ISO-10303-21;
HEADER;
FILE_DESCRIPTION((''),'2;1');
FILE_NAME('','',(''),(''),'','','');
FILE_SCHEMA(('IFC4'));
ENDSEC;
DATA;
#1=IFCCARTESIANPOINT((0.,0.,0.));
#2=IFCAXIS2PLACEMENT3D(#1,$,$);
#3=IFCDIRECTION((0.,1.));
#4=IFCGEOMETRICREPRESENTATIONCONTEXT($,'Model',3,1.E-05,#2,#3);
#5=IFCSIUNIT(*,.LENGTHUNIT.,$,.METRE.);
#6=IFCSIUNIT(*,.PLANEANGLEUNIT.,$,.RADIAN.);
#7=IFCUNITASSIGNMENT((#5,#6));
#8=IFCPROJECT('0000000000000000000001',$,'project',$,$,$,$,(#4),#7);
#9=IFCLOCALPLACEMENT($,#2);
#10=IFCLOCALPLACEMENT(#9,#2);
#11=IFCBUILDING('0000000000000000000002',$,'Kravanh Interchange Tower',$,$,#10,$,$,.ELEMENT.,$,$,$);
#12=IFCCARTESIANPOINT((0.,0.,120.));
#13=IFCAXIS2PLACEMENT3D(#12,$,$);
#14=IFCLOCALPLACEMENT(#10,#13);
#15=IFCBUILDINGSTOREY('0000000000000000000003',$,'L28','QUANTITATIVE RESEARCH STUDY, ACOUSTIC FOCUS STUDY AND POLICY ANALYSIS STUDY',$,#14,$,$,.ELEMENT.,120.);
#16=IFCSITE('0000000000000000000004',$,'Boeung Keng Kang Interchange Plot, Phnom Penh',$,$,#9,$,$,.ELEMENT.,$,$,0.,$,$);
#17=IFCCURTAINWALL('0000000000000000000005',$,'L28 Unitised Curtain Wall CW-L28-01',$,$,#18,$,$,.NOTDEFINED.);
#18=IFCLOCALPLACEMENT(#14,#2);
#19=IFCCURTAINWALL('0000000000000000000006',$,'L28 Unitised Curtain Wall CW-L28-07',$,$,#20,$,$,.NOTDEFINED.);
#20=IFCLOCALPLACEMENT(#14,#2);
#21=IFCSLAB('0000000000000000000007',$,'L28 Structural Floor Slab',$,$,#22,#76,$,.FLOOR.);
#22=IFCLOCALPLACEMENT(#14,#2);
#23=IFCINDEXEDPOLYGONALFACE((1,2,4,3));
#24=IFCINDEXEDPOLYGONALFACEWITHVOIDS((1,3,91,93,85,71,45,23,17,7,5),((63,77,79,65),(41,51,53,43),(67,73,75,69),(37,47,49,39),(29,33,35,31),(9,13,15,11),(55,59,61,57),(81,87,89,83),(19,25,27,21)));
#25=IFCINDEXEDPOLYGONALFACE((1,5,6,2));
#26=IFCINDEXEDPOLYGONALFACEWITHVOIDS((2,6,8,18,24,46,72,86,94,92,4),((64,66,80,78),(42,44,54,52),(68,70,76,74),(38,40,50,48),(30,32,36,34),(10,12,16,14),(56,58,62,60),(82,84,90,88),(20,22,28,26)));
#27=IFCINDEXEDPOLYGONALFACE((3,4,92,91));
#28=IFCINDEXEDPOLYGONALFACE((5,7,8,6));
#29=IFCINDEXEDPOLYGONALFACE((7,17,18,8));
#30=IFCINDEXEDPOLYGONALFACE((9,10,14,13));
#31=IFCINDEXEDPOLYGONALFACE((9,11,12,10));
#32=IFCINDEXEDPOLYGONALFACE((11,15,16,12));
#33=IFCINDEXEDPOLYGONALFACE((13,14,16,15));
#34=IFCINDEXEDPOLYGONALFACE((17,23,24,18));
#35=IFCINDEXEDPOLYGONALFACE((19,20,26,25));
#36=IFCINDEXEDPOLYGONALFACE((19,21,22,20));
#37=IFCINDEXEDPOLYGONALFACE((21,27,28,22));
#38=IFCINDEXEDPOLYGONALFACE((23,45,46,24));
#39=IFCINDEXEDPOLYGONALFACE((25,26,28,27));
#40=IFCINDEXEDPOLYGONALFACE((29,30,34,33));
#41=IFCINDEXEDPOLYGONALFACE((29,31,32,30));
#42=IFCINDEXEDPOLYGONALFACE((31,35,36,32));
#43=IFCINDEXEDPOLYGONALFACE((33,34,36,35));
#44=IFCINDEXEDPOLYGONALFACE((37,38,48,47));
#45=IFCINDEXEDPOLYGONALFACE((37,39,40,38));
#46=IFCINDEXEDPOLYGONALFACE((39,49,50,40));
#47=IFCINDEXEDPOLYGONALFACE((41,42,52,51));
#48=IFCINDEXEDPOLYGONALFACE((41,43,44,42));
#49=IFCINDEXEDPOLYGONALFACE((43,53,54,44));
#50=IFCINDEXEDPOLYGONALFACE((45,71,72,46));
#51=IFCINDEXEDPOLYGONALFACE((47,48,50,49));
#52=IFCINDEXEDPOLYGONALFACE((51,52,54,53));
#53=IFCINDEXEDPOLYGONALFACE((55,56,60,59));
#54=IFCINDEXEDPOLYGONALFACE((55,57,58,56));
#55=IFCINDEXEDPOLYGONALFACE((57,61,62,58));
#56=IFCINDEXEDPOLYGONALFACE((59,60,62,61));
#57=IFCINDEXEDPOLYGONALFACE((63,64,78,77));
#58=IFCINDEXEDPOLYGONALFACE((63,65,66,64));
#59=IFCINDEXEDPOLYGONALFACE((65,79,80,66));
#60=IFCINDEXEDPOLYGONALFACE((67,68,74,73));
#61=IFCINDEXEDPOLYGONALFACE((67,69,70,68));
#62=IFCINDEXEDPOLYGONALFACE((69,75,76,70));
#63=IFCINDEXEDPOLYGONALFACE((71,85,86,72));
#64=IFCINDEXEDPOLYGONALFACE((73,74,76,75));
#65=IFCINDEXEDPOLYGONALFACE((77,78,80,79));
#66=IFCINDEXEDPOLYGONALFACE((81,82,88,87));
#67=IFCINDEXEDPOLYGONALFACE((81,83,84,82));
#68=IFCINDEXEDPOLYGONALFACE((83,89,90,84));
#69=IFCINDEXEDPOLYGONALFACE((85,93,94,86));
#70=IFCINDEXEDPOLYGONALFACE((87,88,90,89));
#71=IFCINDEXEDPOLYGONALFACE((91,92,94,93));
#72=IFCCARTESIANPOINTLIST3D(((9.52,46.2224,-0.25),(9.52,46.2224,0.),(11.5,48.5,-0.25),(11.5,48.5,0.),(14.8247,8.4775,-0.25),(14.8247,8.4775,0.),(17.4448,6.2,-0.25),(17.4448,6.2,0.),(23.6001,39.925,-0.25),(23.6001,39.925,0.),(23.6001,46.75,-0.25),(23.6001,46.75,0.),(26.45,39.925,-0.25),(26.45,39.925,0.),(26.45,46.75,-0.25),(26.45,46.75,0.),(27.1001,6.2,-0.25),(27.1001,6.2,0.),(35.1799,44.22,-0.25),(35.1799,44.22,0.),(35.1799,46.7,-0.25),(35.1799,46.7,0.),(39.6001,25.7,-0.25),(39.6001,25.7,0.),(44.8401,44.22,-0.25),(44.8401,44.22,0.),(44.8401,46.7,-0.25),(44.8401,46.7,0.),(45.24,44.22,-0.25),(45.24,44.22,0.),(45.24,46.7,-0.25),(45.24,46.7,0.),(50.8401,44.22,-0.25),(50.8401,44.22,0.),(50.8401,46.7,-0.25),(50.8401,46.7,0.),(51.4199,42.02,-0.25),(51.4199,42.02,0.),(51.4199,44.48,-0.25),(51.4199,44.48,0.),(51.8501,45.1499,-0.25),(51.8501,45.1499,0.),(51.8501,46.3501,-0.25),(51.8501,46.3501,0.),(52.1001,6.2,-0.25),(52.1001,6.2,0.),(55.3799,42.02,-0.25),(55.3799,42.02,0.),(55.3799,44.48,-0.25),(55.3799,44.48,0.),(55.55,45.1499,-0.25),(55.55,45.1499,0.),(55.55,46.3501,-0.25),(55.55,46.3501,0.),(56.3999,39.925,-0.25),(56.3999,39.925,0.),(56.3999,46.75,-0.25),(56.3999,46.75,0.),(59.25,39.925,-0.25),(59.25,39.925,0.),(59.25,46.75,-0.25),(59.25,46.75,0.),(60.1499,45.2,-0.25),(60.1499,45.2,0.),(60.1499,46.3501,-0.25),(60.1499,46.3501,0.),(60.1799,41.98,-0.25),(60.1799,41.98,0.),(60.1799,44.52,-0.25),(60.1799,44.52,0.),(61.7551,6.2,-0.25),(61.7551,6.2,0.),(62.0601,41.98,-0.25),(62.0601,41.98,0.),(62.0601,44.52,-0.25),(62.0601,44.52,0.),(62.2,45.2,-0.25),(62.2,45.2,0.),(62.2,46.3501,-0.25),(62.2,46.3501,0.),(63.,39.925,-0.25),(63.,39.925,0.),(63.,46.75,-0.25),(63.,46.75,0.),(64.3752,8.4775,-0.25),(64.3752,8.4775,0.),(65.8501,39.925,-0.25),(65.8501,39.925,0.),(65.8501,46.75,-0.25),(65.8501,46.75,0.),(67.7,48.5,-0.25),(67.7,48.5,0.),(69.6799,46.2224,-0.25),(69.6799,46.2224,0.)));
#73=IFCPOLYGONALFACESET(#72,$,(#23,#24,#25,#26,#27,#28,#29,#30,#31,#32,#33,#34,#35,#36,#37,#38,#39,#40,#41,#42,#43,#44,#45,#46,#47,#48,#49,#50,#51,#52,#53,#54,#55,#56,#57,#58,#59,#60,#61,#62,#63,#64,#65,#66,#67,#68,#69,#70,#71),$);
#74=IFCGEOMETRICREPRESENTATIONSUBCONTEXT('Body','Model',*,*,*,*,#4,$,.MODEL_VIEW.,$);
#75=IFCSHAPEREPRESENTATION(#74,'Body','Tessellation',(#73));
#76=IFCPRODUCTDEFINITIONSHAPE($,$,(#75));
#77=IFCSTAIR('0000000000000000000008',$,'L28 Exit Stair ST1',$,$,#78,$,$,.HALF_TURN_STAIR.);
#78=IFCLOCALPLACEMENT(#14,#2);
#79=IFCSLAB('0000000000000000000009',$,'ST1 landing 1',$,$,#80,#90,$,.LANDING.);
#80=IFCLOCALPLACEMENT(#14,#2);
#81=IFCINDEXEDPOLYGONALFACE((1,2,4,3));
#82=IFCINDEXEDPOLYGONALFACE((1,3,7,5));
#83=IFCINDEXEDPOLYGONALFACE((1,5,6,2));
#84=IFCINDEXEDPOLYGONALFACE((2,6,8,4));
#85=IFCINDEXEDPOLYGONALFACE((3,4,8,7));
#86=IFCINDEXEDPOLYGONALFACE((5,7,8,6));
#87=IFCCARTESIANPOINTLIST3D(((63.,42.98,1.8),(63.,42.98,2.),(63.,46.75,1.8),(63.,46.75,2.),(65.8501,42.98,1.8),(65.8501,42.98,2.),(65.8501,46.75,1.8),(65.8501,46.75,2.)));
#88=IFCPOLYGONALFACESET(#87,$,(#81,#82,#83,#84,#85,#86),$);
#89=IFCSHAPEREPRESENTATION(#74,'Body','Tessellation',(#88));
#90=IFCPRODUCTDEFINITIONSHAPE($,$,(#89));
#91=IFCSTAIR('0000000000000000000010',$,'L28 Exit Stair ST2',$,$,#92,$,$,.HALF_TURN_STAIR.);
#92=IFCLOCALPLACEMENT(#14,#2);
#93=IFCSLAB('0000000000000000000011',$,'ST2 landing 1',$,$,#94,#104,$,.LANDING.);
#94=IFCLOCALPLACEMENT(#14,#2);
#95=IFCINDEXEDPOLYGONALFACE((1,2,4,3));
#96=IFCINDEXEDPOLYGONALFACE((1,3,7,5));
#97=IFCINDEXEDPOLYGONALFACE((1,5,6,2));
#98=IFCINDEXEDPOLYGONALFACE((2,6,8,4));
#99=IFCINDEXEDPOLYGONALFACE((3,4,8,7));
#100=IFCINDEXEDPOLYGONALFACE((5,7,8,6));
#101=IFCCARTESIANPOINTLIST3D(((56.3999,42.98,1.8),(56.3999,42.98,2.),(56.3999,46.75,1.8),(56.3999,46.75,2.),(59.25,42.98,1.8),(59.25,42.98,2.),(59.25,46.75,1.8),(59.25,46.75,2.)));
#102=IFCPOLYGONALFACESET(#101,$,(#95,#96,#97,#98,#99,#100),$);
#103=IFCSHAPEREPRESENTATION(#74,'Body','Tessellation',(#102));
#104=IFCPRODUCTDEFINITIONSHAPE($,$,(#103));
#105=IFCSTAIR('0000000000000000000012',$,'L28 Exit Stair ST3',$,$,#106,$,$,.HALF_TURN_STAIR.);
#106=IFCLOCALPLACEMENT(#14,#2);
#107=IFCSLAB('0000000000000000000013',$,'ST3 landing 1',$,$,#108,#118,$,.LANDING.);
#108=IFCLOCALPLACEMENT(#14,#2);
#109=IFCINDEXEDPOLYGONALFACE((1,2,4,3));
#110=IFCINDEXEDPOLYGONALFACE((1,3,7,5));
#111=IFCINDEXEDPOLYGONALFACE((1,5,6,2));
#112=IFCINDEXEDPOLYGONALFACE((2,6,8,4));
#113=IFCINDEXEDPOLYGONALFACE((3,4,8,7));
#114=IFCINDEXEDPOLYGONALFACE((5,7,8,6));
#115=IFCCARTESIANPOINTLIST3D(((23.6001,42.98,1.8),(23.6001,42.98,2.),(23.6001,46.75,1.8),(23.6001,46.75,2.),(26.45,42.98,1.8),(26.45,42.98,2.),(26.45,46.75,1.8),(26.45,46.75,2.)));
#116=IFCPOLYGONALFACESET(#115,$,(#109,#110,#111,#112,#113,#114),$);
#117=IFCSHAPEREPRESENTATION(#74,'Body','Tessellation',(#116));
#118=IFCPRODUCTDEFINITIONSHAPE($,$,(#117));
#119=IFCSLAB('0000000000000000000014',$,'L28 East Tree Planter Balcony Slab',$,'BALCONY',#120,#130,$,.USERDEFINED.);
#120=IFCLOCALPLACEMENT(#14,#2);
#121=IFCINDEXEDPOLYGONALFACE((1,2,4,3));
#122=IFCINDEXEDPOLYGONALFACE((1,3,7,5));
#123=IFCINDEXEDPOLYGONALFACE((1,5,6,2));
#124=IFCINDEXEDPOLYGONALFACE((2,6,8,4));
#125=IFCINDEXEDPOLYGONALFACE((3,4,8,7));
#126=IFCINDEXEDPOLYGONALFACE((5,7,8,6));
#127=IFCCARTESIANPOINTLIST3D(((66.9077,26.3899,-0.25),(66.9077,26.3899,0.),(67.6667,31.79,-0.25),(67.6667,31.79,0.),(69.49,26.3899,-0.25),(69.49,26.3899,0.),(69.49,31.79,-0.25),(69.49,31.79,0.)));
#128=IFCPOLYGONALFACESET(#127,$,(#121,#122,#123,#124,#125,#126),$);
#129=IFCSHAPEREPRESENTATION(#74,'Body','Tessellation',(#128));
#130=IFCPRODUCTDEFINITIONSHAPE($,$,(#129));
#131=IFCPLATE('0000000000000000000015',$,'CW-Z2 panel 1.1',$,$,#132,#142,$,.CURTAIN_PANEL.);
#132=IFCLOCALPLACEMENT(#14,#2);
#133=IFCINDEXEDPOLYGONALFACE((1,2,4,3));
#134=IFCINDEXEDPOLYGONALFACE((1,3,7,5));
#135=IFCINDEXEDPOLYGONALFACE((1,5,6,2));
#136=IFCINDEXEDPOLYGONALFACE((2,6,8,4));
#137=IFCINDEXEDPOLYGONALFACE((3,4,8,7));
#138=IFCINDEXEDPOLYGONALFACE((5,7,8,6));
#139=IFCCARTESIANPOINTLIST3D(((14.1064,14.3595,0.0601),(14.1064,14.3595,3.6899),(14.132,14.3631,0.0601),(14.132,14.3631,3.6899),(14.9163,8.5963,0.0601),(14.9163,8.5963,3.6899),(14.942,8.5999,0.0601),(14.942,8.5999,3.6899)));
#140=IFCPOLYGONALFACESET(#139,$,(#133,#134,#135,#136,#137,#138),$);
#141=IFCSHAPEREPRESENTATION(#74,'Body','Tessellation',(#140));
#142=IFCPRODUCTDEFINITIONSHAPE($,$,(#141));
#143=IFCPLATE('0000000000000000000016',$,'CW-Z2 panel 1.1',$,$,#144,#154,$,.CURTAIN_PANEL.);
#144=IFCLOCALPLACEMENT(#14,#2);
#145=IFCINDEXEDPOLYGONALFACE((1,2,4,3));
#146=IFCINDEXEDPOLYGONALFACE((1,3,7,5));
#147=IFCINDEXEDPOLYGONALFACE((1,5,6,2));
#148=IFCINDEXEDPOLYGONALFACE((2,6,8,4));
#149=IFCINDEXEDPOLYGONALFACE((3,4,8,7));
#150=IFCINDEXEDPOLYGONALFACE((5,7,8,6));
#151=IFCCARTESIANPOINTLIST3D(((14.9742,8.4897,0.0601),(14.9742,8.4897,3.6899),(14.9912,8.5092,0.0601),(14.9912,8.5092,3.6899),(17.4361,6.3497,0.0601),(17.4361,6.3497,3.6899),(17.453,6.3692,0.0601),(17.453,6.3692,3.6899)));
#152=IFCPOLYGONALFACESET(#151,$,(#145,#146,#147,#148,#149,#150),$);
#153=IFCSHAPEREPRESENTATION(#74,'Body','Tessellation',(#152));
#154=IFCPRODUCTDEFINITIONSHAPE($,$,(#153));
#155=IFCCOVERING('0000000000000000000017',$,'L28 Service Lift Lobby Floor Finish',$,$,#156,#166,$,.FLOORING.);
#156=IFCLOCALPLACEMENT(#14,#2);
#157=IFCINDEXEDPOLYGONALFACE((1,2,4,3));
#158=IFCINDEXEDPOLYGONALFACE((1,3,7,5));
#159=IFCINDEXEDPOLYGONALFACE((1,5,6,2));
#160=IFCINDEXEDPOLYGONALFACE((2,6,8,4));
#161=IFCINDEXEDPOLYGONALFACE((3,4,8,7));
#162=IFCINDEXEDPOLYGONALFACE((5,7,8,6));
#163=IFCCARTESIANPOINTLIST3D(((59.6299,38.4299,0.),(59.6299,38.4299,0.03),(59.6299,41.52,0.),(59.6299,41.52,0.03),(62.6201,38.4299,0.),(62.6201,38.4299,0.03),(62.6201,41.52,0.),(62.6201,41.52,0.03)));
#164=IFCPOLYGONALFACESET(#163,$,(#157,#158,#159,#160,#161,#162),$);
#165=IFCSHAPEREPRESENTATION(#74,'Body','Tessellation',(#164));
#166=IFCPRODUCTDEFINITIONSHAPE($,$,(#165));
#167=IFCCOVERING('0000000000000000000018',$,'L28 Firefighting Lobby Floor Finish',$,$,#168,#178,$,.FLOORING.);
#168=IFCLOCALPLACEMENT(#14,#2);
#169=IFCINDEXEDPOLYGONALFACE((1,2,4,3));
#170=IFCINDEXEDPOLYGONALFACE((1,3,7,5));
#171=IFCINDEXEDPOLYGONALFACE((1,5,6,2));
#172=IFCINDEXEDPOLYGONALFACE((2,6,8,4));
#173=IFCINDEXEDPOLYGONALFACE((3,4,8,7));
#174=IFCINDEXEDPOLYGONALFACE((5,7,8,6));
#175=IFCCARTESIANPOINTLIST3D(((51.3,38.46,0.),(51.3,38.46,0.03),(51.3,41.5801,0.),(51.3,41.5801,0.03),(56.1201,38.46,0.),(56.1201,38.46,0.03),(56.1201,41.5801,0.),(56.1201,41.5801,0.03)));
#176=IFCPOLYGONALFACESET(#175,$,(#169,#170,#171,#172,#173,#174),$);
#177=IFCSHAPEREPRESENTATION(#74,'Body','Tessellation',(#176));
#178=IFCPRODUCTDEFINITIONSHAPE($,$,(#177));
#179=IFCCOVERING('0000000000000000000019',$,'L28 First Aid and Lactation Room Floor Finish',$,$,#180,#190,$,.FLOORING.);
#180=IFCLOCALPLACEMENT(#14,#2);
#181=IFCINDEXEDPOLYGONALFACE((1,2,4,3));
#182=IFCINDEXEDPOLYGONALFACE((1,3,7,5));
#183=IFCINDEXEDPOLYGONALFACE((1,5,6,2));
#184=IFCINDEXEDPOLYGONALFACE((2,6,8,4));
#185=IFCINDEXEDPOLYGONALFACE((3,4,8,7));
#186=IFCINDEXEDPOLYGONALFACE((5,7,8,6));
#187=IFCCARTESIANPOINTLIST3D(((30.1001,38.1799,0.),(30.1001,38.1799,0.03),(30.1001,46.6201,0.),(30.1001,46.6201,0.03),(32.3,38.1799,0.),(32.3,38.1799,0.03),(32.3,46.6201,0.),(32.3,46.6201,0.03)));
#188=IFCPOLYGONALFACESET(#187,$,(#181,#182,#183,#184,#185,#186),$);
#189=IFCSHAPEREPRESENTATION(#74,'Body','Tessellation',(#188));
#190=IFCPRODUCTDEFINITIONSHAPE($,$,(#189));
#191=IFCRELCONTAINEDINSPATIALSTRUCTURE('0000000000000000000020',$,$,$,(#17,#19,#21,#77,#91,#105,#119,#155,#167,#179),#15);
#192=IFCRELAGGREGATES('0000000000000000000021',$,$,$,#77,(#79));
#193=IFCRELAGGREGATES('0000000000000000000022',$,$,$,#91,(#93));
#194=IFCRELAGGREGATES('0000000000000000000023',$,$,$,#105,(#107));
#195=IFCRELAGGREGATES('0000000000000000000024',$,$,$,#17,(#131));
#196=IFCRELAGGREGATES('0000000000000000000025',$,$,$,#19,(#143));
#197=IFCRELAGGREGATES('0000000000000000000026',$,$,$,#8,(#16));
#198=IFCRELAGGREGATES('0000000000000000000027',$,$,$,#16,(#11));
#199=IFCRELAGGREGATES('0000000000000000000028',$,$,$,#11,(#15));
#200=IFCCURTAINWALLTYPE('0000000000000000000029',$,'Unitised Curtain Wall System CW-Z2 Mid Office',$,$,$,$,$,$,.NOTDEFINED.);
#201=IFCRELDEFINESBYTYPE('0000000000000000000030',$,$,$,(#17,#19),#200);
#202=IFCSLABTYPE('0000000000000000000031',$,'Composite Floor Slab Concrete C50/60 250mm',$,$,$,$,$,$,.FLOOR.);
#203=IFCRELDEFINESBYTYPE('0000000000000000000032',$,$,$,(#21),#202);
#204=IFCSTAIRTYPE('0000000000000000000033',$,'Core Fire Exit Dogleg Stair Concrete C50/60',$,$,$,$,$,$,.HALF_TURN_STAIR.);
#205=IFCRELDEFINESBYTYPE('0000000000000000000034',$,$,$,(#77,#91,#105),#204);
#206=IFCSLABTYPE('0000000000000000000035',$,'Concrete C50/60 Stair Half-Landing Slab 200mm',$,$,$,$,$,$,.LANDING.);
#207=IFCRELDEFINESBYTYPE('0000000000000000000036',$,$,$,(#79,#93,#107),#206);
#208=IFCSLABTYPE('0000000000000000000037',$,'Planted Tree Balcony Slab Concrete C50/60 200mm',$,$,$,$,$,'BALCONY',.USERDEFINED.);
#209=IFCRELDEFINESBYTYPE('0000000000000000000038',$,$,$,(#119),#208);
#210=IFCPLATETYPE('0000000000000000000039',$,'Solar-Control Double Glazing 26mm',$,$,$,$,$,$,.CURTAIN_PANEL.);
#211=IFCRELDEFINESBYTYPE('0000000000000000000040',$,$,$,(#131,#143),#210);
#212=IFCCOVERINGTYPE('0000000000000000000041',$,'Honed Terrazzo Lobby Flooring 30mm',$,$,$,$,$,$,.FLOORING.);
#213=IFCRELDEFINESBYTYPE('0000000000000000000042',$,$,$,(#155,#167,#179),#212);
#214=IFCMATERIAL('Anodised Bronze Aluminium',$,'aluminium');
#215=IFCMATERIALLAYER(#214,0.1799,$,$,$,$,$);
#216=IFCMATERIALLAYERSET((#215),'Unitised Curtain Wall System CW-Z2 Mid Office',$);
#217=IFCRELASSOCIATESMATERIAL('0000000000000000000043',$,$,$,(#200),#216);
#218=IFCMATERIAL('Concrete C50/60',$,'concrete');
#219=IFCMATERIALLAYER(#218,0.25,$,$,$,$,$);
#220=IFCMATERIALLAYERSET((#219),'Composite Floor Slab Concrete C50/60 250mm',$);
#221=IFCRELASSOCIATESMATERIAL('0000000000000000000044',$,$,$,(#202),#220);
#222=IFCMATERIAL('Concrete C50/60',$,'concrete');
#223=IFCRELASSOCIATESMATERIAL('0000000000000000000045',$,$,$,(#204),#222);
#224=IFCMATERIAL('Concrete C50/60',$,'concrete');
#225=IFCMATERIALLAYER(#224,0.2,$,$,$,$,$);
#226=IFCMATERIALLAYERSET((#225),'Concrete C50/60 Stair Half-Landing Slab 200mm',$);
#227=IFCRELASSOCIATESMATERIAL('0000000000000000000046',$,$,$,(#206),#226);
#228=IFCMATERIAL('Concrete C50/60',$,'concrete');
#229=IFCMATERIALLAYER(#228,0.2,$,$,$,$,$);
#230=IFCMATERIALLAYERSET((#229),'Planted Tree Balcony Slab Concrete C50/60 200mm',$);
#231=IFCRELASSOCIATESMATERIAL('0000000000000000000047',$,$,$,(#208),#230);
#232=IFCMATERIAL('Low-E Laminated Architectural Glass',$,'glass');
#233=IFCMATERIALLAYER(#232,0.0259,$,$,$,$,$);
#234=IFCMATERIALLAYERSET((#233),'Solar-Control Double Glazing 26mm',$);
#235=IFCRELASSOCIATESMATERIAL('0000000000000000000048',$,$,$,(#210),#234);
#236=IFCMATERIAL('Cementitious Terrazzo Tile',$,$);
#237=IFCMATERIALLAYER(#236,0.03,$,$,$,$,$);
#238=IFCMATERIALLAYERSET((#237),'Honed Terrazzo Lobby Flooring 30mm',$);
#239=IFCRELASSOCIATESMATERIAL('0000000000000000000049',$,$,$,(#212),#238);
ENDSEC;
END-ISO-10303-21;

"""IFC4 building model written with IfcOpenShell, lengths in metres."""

from ifc_helpers import new_model, si_unit, direction, frame, origin, origin_2d, place, context, subcontext, project, spatial, polyline, rectangle, outline, extrude, material, layer, layer_set, type_object, element, aggregate, save


model = new_model("IFC4")

# Units and contexts
model_context = context("Model", 3, precision=1e-05, world=origin(), true_north=direction((0.0, 1.0)))
body_context = subcontext(model_context, "Body", "Model", "MODEL_VIEW")
ifc_project = project(units=[si_unit("LENGTHUNIT", "METRE"), si_unit("PLANEANGLEUNIT", "RADIAN")], contexts=[model_context])

# Site, building, storey
site_placement = place(None, origin())
site = spatial("IfcSite", under=ifc_project, at=site_placement, Name="Boeung Keng Kang Interchange Plot, Phnom Penh", CompositionType="ELEMENT", RefElevation=0.0)
building_placement = place(site_placement, origin())
building = spatial("IfcBuilding", under=site, at=building_placement, Name="Kravanh Interchange Tower", CompositionType="ELEMENT")
storey_placement = place(building_placement, frame((0.0, 0.0, 120.0)))
storey = spatial("IfcBuildingStorey", under=building, at=storey_placement, Name="L28", Description="QUANTITATIVE RESEARCH STUDY, ACOUSTIC FOCUS STUDY AND POLICY ANALYSIS STUDY", CompositionType="ELEMENT", Elevation=120.0)

# Curtain wall
ifc_material_1 = material(Name="Anodised Bronze Aluminium", Category="aluminium")
ifc_layer_1 = layer(ifc_material_1, 0.1799)
ifc_layer_set_1 = layer_set([ifc_layer_1], Name="Unitised Curtain Wall System CW-Z2 Mid Office")
curtain_wall_type = type_object("IfcCurtainWallType", Name="Unitised Curtain Wall System CW-Z2 Mid Office", PredefinedType="NOTDEFINED", material=ifc_layer_set_1)
curtain_wall_1_placement = place(storey_placement, origin())
curtain_wall_1 = element("IfcCurtainWall", 1, at=curtain_wall_1_placement, inside=storey, type_object=curtain_wall_type, Name="L28 Unitised Curtain Wall CW-L28-01", PredefinedType="NOTDEFINED")

# Curtain wall
curtain_wall_2_placement = place(storey_placement, origin())
curtain_wall_2 = element("IfcCurtainWall", 2, at=curtain_wall_2_placement, inside=storey, type_object=curtain_wall_type, Name="L28 Unitised Curtain Wall CW-L28-07", PredefinedType="NOTDEFINED")

# Slab
ifc_material_2 = material(Name="Concrete C50/60", Category="concrete")
ifc_layer_2 = layer(ifc_material_2, 0.25)
ifc_layer_set_2 = layer_set([ifc_layer_2], Name="Composite Floor Slab Concrete C50/60 250mm")
slab_type_1 = type_object("IfcSlabType", Name="Composite Floor Slab Concrete C50/60 250mm", PredefinedType="FLOOR", material=ifc_layer_set_2)
slab_1_placement = place(storey_placement, frame((0.0, 0.0, -0.25)))
element("IfcSlab", 3, at=slab_1_placement, inside=storey, type_object=slab_type_1, Name="L28 Structural Floor Slab", PredefinedType="FLOOR", context=body_context, shape_type="SweptSolid", body=[
    extrude(outline(polyline([(14.8247, 8.4775), (17.4448, 6.2), (27.1001, 6.2), (39.6001, 25.7), (52.1001, 6.2), (61.7551, 6.2), (64.3752, 8.4775), (69.6799, 46.2224), (67.7, 48.5), (11.5, 48.5), (9.52, 46.2224), (14.8247, 8.4775)]), holes=[polyline([(65.8501, 39.925), (65.8501, 46.75), (63.0, 46.75), (63.0, 39.925), (65.8501, 39.925)]), polyline([(59.25, 39.925), (59.25, 46.75), (56.3999, 46.75), (56.3999, 39.925), (59.25, 39.925)]), polyline([(26.45, 39.925), (26.45, 46.75), (23.6001, 46.75), (23.6001, 39.925), (26.45, 39.925)]), polyline([(35.1799, 44.22), (44.8401, 44.22), (44.8401, 46.7), (35.1799, 46.7), (35.1799, 44.22)]), polyline([(45.24, 44.22), (50.8401, 44.22), (50.8401, 46.7), (45.24, 46.7), (45.24, 44.22)]), polyline([(51.4199, 42.02), (55.3799, 42.02), (55.3799, 44.48), (51.4199, 44.48), (51.4199, 42.02)]), polyline([(60.1799, 41.98), (62.0601, 41.98), (62.0601, 44.52), (60.1799, 44.52), (60.1799, 41.98)]), polyline([(60.1499, 45.2), (62.2, 45.2), (62.2, 46.3501), (60.1499, 46.3501), (60.1499, 45.2)]), polyline([(51.8501, 45.1499), (55.55, 45.1499), (55.55, 46.3501), (51.8501, 46.3501), (51.8501, 45.1499)])]), origin(), (0.0, 0.0, 1.0), 0.25),
])

# Stairs, slabs
ifc_material_3 = material(Name="Concrete C50/60", Category="concrete")
stair_type = type_object("IfcStairType", Name="Core Fire Exit Dogleg Stair Concrete C50/60", PredefinedType="HALF_TURN_STAIR", material=ifc_material_3)
stair_1_placement = place(storey_placement, origin())
stair_1 = element("IfcStair", 4, at=stair_1_placement, inside=storey, type_object=stair_type, Name="L28 Exit Stair ST1", PredefinedType="HALF_TURN_STAIR")
ifc_material_4 = material(Name="Concrete C50/60", Category="concrete")
ifc_layer_3 = layer(ifc_material_4, 0.2)
ifc_layer_set_3 = layer_set([ifc_layer_3], Name="Concrete C50/60 Stair Half-Landing Slab 200mm")
slab_type_2 = type_object("IfcSlabType", Name="Concrete C50/60 Stair Half-Landing Slab 200mm", PredefinedType="LANDING", material=ifc_layer_set_3)
slab_2_placement = place(storey_placement, frame((0.0, 0.0, 1.8)))
slab_2 = element("IfcSlab", 5, at=slab_2_placement, type_object=slab_type_2, Name="ST1 landing 1", PredefinedType="LANDING", context=body_context, shape_type="SweptSolid", body=[
    extrude(outline(polyline([(65.8501, 42.98), (65.8501, 46.75), (63.0, 46.75), (63.0, 42.98), (65.8501, 42.98)])), origin(), (0.0, 0.0, 1.0), 0.2),
])
aggregate(stair_1, [slab_2])
stair_2_placement = place(storey_placement, origin())
stair_2 = element("IfcStair", 6, at=stair_2_placement, inside=storey, type_object=stair_type, Name="L28 Exit Stair ST2", PredefinedType="HALF_TURN_STAIR")
slab_3_placement = place(storey_placement, frame((0.0, 0.0, 1.8)))
slab_3 = element("IfcSlab", 7, at=slab_3_placement, type_object=slab_type_2, Name="ST2 landing 1", PredefinedType="LANDING", context=body_context, shape_type="SweptSolid", body=[
    extrude(outline(polyline([(59.25, 42.98), (59.25, 46.75), (56.3999, 46.75), (56.3999, 42.98), (59.25, 42.98)])), origin(), (0.0, 0.0, 1.0), 0.2),
])
aggregate(stair_2, [slab_3])
stair_3_placement = place(storey_placement, origin())
stair_3 = element("IfcStair", 8, at=stair_3_placement, inside=storey, type_object=stair_type, Name="L28 Exit Stair ST3", PredefinedType="HALF_TURN_STAIR")
slab_4_placement = place(storey_placement, frame((0.0, 0.0, 1.8)))
slab_4 = element("IfcSlab", 9, at=slab_4_placement, type_object=slab_type_2, Name="ST3 landing 1", PredefinedType="LANDING", context=body_context, shape_type="SweptSolid", body=[
    extrude(outline(polyline([(26.45, 42.98), (26.45, 46.75), (23.6001, 46.75), (23.6001, 42.98), (26.45, 42.98)])), origin(), (0.0, 0.0, 1.0), 0.2),
])
aggregate(stair_3, [slab_4])

# Slab
ifc_material_5 = material(Name="Concrete C50/60", Category="concrete")
ifc_layer_4 = layer(ifc_material_5, 0.2)
ifc_layer_set_4 = layer_set([ifc_layer_4], Name="Planted Tree Balcony Slab Concrete C50/60 200mm")
slab_type_3 = type_object("IfcSlabType", Name="Planted Tree Balcony Slab Concrete C50/60 200mm", ElementType="BALCONY", PredefinedType="USERDEFINED", material=ifc_layer_set_4)
slab_5_placement = place(storey_placement, frame((0.0, 0.0, -0.25)))
element("IfcSlab", 10, at=slab_5_placement, inside=storey, type_object=slab_type_3, Name="L28 East Tree Planter Balcony Slab", ObjectType="BALCONY", PredefinedType="USERDEFINED", context=body_context, shape_type="SweptSolid", body=[
    extrude(outline(polyline([(69.49, 31.79), (69.49, 26.3899), (66.9077, 26.3899), (67.6667, 31.79), (69.49, 31.79)])), origin(), (0.0, 0.0, 1.0), 0.25),
])

# Plates
ifc_material_6 = material(Name="Low-E Laminated Architectural Glass", Category="glass")
ifc_layer_5 = layer(ifc_material_6, 0.0259)
ifc_layer_set_5 = layer_set([ifc_layer_5], Name="Solar-Control Double Glazing 26mm")
plate_type = type_object("IfcPlateType", Name="Solar-Control Double Glazing 26mm", PredefinedType="CURTAIN_PANEL", material=ifc_layer_set_5)
plate_1_placement = place(storey_placement, frame((14.5242, 11.4797, 0.0601), z_axis=(0.0, 0.0, 1.0), x_axis=(-0.139173, 0.990268, 0.0)))
plate_1 = element("IfcPlate", 11, at=plate_1_placement, type_object=plate_type, Name="CW-Z2 panel 1.1", PredefinedType="CURTAIN_PANEL", context=body_context, shape_type="SweptSolid", body=[
    extrude(rectangle(XDim=5.8198, YDim=0.0259, at=origin_2d()), origin(), (0.0, 0.0, 1.0), 3.6299),
])
aggregate(curtain_wall_1, [plate_1])
plate_2_placement = place(storey_placement, frame((16.2136, 7.4294, 0.0601), z_axis=(0.0, 0.0, 1.0), x_axis=(-0.754719, 0.656048, 0.0)))
plate_2 = element("IfcPlate", 12, at=plate_2_placement, type_object=plate_type, Name="CW-Z2 panel 1.1", PredefinedType="CURTAIN_PANEL", context=body_context, shape_type="SweptSolid", body=[
    extrude(rectangle(XDim=3.262, YDim=0.0259, at=origin_2d()), origin(), (0.0, 0.0, 1.0), 3.6299),
])
aggregate(curtain_wall_2, [plate_2])

# Coverings
ifc_material_7 = material(Name="Cementitious Terrazzo Tile")
ifc_layer_6 = layer(ifc_material_7, 0.03)
ifc_layer_set_6 = layer_set([ifc_layer_6], Name="Honed Terrazzo Lobby Flooring 30mm")
covering_type_1 = type_object("IfcCoveringType", Name="Honed Terrazzo Lobby Flooring 30mm", PredefinedType="FLOORING", material=ifc_layer_set_6)
covering_1_placement = place(storey_placement, origin())
element("IfcCovering", 13, at=covering_1_placement, inside=storey, type_object=covering_type_1, Name="L28 Service Lift Lobby Floor Finish", PredefinedType="FLOORING", context=body_context, shape_type="SweptSolid", body=[
    extrude(outline(polyline([(59.6299, 41.52), (62.6201, 41.52), (62.6201, 38.4299), (59.6299, 38.4299), (59.6299, 41.52)])), origin(), (0.0, 0.0, 1.0), 0.03),
])
covering_2_placement = place(storey_placement, origin())
element("IfcCovering", 14, at=covering_2_placement, inside=storey, type_object=covering_type_1, Name="L28 Firefighting Lobby Floor Finish", PredefinedType="FLOORING", context=body_context, shape_type="SweptSolid", body=[
    extrude(outline(polyline([(56.1201, 38.46), (51.3, 38.46), (51.3, 41.5801), (56.1201, 41.5801), (56.1201, 38.46)])), origin(), (0.0, 0.0, 1.0), 0.03),
])
covering_3_placement = place(storey_placement, origin())
element("IfcCovering", 15, at=covering_3_placement, inside=storey, type_object=covering_type_1, Name="L28 First Aid and Lactation Room Floor Finish", PredefinedType="FLOORING", context=body_context, shape_type="SweptSolid", body=[
    extrude(outline(polyline([(30.1001, 46.6201), (32.3, 46.6201), (32.3, 38.1799), (30.1001, 38.1799), (30.1001, 46.6201)])), origin(), (0.0, 0.0, 1.0), 0.03),
])

save(model, "model.ifc")
